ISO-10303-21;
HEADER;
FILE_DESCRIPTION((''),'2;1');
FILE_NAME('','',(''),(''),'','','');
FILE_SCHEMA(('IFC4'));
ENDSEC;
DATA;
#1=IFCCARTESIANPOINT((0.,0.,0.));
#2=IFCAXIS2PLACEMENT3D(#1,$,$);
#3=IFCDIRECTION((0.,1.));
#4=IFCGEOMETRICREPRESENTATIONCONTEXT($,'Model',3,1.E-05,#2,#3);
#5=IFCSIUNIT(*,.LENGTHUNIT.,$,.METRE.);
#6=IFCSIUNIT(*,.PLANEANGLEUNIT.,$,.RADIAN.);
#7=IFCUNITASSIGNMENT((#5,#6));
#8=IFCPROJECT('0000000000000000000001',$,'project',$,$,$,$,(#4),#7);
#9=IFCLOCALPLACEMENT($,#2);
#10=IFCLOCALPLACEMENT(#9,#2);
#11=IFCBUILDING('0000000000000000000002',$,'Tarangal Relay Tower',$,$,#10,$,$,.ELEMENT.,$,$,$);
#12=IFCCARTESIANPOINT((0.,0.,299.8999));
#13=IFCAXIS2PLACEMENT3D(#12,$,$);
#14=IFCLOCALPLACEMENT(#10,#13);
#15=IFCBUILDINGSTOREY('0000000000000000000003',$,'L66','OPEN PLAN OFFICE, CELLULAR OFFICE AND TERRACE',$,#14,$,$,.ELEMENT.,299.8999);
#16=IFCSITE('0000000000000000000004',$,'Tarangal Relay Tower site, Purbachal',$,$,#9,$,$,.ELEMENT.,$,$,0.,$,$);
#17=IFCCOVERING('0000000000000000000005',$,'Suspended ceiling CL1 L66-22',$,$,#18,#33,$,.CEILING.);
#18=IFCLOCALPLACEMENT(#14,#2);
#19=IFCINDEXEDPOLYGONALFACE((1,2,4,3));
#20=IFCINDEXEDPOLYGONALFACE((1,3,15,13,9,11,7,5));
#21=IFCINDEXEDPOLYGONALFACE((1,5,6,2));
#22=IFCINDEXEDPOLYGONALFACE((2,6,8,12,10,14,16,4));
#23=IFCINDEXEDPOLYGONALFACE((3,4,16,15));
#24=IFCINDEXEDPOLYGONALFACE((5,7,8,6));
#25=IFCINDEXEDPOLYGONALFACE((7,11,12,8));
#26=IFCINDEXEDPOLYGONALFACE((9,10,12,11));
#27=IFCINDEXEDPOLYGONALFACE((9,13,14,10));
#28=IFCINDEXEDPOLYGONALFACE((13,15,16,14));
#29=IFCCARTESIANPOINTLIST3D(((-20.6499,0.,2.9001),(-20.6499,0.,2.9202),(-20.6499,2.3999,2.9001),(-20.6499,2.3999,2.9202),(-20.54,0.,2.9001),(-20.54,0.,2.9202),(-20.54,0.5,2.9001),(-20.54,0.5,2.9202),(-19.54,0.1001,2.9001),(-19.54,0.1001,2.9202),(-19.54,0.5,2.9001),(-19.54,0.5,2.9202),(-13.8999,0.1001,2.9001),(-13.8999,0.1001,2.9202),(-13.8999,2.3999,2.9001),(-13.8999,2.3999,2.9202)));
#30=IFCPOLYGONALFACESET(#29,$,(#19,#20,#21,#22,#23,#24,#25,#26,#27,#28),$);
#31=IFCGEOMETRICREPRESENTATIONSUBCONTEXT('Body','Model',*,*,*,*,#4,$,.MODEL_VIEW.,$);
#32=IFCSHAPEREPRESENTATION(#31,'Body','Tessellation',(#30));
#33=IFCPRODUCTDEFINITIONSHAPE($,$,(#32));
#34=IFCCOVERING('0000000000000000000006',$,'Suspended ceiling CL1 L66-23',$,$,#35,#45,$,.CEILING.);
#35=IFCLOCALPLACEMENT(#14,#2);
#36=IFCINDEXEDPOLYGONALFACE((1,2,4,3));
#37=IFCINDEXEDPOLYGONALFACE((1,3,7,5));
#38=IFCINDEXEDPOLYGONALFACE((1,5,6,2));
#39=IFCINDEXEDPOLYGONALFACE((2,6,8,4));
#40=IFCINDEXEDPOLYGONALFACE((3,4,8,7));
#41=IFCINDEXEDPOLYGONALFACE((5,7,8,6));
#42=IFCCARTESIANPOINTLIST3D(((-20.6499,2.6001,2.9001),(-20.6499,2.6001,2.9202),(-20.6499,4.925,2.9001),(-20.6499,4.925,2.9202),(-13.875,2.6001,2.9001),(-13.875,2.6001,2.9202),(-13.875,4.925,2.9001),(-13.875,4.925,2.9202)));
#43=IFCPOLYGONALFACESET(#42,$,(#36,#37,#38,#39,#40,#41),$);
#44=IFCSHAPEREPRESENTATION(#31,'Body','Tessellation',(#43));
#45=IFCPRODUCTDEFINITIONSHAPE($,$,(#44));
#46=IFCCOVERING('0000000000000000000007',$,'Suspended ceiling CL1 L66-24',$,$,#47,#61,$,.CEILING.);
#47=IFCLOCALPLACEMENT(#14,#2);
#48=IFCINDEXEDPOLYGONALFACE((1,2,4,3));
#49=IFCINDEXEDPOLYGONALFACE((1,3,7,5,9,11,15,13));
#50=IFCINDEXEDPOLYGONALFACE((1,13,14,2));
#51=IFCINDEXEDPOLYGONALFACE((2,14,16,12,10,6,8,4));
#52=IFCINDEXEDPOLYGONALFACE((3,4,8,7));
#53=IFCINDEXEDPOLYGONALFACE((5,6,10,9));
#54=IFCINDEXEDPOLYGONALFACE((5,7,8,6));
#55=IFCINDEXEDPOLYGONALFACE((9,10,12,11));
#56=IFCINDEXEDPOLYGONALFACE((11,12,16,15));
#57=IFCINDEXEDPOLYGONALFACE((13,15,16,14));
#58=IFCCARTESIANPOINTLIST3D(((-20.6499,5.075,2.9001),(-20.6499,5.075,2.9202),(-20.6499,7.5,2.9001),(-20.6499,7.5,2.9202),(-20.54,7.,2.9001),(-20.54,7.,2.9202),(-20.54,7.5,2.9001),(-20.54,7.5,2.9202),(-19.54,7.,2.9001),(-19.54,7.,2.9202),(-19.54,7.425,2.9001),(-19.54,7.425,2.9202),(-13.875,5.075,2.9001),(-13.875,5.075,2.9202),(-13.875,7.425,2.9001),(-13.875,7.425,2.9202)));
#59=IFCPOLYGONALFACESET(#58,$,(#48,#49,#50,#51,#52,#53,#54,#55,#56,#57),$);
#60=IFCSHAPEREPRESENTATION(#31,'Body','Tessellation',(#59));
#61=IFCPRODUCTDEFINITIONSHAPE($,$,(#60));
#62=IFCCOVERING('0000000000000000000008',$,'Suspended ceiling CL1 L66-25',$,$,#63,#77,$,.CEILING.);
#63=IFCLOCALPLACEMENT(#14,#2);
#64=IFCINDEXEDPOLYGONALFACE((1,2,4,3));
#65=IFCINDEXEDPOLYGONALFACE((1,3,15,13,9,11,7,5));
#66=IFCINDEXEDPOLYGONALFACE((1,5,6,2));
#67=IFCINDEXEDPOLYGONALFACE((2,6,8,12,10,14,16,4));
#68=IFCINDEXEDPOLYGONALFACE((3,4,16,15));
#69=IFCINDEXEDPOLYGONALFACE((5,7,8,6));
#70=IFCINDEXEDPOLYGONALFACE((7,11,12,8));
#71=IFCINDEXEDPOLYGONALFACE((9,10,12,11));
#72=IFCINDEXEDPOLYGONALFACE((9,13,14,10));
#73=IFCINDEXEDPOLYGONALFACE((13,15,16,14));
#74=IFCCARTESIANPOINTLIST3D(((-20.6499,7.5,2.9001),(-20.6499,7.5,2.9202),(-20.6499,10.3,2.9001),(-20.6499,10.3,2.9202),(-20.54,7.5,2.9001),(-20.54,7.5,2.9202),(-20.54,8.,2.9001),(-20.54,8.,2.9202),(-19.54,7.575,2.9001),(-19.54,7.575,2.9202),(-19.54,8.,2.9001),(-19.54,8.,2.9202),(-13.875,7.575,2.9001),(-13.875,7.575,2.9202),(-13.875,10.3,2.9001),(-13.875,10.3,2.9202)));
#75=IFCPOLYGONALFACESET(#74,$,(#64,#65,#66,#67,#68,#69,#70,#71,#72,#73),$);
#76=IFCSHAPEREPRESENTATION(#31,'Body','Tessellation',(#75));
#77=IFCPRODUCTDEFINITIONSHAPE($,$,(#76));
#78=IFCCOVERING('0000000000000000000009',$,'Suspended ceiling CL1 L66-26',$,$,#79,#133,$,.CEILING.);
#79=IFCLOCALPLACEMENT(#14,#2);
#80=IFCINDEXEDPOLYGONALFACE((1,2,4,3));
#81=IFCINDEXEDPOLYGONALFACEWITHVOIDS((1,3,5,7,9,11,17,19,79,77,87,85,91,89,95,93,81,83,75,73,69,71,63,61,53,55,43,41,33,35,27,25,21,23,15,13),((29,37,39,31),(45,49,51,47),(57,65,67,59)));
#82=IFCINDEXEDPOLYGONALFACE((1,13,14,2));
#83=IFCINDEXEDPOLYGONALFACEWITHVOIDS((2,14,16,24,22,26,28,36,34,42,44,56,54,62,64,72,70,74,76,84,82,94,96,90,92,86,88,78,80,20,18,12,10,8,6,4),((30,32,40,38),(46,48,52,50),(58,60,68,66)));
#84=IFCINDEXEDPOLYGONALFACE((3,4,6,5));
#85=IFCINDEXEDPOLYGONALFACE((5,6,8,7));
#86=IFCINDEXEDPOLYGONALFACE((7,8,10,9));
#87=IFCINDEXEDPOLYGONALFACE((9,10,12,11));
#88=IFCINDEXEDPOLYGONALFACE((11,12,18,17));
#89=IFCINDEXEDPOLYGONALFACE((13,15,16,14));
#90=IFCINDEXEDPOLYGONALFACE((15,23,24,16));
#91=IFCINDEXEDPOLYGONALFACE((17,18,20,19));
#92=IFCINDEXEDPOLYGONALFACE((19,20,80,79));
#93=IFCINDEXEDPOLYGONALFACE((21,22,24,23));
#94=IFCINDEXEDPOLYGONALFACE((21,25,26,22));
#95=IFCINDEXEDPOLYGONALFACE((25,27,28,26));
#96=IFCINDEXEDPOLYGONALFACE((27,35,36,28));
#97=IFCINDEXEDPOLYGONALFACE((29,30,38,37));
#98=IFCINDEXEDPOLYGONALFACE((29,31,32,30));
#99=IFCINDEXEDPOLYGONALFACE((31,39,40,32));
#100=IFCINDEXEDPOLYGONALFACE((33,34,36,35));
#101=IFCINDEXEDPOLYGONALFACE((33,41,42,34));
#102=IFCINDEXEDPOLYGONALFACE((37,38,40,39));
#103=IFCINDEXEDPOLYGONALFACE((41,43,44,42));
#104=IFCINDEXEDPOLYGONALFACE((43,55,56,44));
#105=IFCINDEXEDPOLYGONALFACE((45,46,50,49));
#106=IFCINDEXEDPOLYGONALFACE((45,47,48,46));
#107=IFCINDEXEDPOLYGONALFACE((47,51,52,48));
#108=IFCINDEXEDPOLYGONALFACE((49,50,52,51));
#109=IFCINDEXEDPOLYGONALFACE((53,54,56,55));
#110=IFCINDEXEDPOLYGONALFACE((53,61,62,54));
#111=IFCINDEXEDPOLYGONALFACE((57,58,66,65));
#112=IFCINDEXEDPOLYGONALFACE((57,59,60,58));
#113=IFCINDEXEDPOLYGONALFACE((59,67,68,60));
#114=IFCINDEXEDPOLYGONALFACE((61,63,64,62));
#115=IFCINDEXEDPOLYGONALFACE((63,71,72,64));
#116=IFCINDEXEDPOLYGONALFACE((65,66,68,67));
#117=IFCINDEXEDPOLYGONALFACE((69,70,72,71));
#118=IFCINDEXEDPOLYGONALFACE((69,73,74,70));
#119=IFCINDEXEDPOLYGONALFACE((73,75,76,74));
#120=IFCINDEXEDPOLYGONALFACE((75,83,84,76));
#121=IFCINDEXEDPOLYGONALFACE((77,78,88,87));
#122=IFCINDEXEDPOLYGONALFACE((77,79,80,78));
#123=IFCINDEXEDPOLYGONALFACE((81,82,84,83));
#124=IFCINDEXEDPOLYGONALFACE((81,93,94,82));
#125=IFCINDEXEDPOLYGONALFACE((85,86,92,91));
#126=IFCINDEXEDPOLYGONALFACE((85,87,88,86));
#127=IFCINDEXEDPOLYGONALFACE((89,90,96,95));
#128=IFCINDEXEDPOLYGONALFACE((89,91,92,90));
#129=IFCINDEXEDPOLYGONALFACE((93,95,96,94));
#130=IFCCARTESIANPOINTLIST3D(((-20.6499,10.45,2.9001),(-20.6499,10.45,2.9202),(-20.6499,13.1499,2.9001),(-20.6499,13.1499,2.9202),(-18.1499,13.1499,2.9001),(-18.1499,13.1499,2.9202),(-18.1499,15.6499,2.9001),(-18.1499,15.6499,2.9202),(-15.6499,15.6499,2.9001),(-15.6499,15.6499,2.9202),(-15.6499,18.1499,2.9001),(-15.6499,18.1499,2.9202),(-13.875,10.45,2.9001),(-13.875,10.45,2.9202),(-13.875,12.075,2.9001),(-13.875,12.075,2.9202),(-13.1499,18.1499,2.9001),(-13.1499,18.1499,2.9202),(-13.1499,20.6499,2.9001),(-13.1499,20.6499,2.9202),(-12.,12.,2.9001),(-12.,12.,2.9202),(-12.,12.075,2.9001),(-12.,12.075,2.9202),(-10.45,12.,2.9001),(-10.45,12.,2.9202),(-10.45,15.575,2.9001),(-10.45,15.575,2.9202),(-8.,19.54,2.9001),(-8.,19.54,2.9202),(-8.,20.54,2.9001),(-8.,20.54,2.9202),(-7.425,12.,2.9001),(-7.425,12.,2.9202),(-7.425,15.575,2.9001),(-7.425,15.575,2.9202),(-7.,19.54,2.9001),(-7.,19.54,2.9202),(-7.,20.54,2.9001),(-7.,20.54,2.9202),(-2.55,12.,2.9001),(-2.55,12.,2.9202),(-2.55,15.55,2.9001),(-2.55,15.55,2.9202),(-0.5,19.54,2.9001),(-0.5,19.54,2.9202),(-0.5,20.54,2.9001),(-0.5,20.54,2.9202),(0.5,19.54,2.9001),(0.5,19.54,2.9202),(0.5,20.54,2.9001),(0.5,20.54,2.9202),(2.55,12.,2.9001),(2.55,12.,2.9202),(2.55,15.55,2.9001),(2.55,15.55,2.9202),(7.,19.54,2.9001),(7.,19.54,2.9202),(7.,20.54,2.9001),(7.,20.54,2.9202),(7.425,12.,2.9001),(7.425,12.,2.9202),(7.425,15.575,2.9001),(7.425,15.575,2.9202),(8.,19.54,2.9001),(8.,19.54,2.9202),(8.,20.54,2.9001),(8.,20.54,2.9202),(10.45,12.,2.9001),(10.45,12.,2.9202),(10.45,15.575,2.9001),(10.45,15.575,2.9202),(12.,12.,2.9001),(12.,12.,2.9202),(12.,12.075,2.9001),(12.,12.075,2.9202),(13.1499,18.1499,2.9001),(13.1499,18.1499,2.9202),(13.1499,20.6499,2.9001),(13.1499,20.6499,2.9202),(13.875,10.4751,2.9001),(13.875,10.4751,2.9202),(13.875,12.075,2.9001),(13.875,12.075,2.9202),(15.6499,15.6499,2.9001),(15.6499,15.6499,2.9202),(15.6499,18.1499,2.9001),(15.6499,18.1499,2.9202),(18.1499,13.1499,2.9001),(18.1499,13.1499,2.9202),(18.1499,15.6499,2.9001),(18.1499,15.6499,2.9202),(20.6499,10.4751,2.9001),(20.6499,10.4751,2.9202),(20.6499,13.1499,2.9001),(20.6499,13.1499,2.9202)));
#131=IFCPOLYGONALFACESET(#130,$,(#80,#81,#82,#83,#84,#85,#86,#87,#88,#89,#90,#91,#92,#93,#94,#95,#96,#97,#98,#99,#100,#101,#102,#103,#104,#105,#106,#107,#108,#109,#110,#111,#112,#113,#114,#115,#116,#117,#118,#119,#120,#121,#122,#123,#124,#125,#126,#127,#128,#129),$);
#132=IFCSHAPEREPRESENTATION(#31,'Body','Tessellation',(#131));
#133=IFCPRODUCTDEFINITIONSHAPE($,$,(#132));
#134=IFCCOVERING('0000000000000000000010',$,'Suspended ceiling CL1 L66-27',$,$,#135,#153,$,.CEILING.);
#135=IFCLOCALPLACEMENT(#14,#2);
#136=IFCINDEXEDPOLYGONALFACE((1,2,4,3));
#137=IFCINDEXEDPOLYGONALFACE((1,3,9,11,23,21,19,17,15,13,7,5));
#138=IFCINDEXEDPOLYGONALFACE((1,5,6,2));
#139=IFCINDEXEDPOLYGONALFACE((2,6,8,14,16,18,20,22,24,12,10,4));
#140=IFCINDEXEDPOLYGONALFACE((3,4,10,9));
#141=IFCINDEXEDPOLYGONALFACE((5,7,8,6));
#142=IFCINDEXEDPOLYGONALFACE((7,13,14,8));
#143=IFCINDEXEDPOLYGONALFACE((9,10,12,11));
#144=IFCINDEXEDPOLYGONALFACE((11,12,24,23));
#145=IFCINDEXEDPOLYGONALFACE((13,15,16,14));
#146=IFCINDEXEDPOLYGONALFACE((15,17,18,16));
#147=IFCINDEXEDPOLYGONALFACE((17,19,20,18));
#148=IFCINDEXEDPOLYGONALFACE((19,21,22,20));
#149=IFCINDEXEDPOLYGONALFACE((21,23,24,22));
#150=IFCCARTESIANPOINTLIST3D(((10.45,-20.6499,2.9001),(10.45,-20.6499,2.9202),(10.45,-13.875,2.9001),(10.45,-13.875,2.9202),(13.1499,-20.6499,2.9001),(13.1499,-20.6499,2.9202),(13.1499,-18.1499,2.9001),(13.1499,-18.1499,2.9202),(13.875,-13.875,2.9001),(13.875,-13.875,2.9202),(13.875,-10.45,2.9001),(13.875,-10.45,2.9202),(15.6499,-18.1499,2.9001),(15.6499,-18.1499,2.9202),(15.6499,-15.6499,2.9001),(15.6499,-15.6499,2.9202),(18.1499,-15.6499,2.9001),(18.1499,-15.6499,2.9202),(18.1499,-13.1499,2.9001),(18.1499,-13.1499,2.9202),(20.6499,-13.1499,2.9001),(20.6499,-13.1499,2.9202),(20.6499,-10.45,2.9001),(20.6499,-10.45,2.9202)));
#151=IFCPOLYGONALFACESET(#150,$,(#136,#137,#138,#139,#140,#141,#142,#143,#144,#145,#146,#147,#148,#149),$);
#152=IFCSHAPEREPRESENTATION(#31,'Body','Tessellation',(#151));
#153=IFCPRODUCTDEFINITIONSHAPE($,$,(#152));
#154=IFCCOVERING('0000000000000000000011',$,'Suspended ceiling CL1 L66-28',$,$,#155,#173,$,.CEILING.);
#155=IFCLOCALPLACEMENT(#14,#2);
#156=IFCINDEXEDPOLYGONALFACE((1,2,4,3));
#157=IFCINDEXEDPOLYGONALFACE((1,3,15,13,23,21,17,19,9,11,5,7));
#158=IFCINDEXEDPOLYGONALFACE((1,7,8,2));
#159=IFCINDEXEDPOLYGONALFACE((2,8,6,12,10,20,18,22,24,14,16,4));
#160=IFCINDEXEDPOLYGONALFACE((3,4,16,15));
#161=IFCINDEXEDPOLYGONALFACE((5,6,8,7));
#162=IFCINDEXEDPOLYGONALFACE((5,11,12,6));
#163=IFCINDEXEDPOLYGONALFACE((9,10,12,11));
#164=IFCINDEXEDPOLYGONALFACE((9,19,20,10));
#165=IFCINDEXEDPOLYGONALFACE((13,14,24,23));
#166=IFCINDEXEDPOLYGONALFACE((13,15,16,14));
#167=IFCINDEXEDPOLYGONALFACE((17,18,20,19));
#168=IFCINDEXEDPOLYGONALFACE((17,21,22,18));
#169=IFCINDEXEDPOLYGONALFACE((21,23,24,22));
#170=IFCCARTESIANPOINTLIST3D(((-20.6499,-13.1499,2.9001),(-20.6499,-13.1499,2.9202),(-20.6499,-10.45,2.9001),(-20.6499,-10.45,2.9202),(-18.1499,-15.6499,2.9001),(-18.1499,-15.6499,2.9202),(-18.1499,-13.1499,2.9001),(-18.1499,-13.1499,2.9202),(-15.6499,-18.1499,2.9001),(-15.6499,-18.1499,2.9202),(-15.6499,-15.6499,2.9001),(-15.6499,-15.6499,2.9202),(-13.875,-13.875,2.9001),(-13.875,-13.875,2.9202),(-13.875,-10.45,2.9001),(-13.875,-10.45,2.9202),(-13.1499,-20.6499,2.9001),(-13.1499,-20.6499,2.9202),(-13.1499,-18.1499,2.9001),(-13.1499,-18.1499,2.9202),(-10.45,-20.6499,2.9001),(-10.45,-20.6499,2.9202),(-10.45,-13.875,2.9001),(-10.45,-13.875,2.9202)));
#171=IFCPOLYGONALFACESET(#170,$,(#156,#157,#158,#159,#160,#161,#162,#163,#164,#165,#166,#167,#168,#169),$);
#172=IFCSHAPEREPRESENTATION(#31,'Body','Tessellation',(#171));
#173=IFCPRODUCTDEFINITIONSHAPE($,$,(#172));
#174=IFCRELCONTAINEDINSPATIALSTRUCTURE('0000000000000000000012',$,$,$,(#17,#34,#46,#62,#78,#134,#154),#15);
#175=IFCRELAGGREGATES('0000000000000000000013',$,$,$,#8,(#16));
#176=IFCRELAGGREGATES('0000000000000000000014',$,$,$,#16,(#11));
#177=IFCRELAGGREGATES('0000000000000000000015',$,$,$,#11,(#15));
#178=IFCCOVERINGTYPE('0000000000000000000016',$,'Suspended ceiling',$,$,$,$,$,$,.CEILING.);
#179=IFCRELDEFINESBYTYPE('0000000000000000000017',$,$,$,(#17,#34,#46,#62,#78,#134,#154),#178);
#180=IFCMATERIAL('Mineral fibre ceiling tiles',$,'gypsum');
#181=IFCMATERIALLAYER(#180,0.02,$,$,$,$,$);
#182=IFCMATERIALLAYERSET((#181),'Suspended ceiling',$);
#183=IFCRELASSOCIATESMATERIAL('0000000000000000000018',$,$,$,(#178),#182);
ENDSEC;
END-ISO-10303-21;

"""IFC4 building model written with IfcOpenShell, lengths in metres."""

from ifc_helpers import new_model, si_unit, direction, frame, origin, place, context, subcontext, project, spatial, polyline, outline, extrude, material, layer, layer_set, type_object, element, save


model = new_model("IFC4")

# Units and contexts
model_context = context("Model", 3, precision=1e-05, world=origin(), true_north=direction((0.0, 1.0)))
body_context = subcontext(model_context, "Body", "Model", "MODEL_VIEW")
ifc_project = project(units=[si_unit("LENGTHUNIT", "METRE"), si_unit("PLANEANGLEUNIT", "RADIAN")], contexts=[model_context])

# Site, building, storey
site_placement = place(None, origin())
site = spatial("IfcSite", under=ifc_project, at=site_placement, Name="Tarangal Relay Tower site, Purbachal", CompositionType="ELEMENT", RefElevation=0.0)
building_placement = place(site_placement, origin())
building = spatial("IfcBuilding", under=site, at=building_placement, Name="Tarangal Relay Tower", CompositionType="ELEMENT")
storey_placement = place(building_placement, frame((0.0, 0.0, 299.8999)))
storey = spatial("IfcBuildingStorey", under=building, at=storey_placement, Name="L66", Description="OPEN PLAN OFFICE, CELLULAR OFFICE AND TERRACE", CompositionType="ELEMENT", Elevation=299.8999)

# Coverings
ifc_material_1 = material(Name="Mineral fibre ceiling tiles", Category="gypsum")
ifc_layer_1 = layer(ifc_material_1, 0.02)
ifc_layer_set_1 = layer_set([ifc_layer_1], Name="Suspended ceiling")
covering_type = type_object("IfcCoveringType", Name="Suspended ceiling", PredefinedType="CEILING", material=ifc_layer_set_1)
covering_1_placement = place(storey_placement, frame((0.0, 0.0, 2.9001)))
element("IfcCovering", 1, at=covering_1_placement, inside=storey, type_object=covering_type, Name="Suspended ceiling CL1 L66-22", PredefinedType="CEILING", context=body_context, shape_type="SweptSolid", body=[
    extrude(outline(polyline([(-20.6499, 2.3999), (-20.6499, 0.0), (-20.54, 0.0), (-20.54, 0.5), (-19.54, 0.5), (-19.54, 0.1001), (-13.8999, 0.1001), (-13.8999, 2.3999), (-20.6499, 2.3999)])), origin(), (0.0, 0.0, 1.0), 0.02),
])
covering_2_placement = place(storey_placement, frame((0.0, 0.0, 2.9001)))
element("IfcCovering", 2, at=covering_2_placement, inside=storey, type_object=covering_type, Name="Suspended ceiling CL1 L66-23", PredefinedType="CEILING", context=body_context, shape_type="SweptSolid", body=[
    extrude(outline(polyline([(-20.6499, 2.6001), (-13.875, 2.6001), (-13.875, 4.925), (-20.6499, 4.925), (-20.6499, 2.6001)])), origin(), (0.0, 0.0, 1.0), 0.02),
])
covering_3_placement = place(storey_placement, frame((0.0, 0.0, 2.9001)))
element("IfcCovering", 3, at=covering_3_placement, inside=storey, type_object=covering_type, Name="Suspended ceiling CL1 L66-24", PredefinedType="CEILING", context=body_context, shape_type="SweptSolid", body=[
    extrude(outline(polyline([(-20.6499, 7.5), (-20.6499, 5.075), (-13.875, 5.075), (-13.875, 7.425), (-19.54, 7.425), (-19.54, 7.0), (-20.54, 7.0), (-20.54, 7.5), (-20.6499, 7.5)])), origin(), (0.0, 0.0, 1.0), 0.02),
])
covering_4_placement = place(storey_placement, frame((0.0, 0.0, 2.9001)))
element("IfcCovering", 4, at=covering_4_placement, inside=storey, type_object=covering_type, Name="Suspended ceiling CL1 L66-25", PredefinedType="CEILING", context=body_context, shape_type="SweptSolid", body=[
    extrude(outline(polyline([(-20.6499, 10.3), (-20.6499, 7.5), (-20.54, 7.5), (-20.54, 8.0), (-19.54, 8.0), (-19.54, 7.575), (-13.875, 7.575), (-13.875, 10.3), (-20.6499, 10.3)])), origin(), (0.0, 0.0, 1.0), 0.02),
])
covering_5_placement = place(storey_placement, frame((0.0, 0.0, 2.9001)))
element("IfcCovering", 5, at=covering_5_placement, inside=storey, type_object=covering_type, Name="Suspended ceiling CL1 L66-26", PredefinedType="CEILING", context=body_context, shape_type="SweptSolid", body=[
    extrude(outline(polyline([(7.425, 12.0), (7.425, 15.575), (10.45, 15.575), (10.45, 12.0), (12.0, 12.0), (12.0, 12.075), (13.875, 12.075), (13.875, 10.4751), (20.6499, 10.4751), (20.6499, 13.1499), (18.1499, 13.1499), (18.1499, 15.6499), (15.6499, 15.6499), (15.6499, 18.1499), (13.1499, 18.1499), (13.1499, 20.6499), (-13.1499, 20.6499), (-13.1499, 18.1499), (-15.6499, 18.1499), (-15.6499, 15.6499), (-18.1499, 15.6499), (-18.1499, 13.1499), (-20.6499, 13.1499), (-20.6499, 10.45), (-13.875, 10.45), (-13.875, 12.075), (-12.0, 12.075), (-12.0, 12.0), (-10.45, 12.0), (-10.45, 15.575), (-7.425, 15.575), (-7.425, 12.0), (-2.55, 12.0), (-2.55, 15.55), (2.55, 15.55), (2.55, 12.0), (7.425, 12.0)]), holes=[polyline([(-7.0, 19.54), (-7.0, 20.54), (-8.0, 20.54), (-8.0, 19.54), (-7.0, 19.54)]), polyline([(-0.5, 19.54), (0.5, 19.54), (0.5, 20.54), (-0.5, 20.54), (-0.5, 19.54)]), polyline([(7.0, 19.54), (8.0, 19.54), (8.0, 20.54), (7.0, 20.54), (7.0, 19.54)])]), origin(), (0.0, 0.0, 1.0), 0.02),
])
covering_6_placement = place(storey_placement, frame((0.0, 0.0, 2.9001)))
element("IfcCovering", 6, at=covering_6_placement, inside=storey, type_object=covering_type, Name="Suspended ceiling CL1 L66-27", PredefinedType="CEILING", context=body_context, shape_type="SweptSolid", body=[
    extrude(outline(polyline([(20.6499, -13.1499), (20.6499, -10.45), (13.875, -10.45), (13.875, -13.875), (10.45, -13.875), (10.45, -20.6499), (13.1499, -20.6499), (13.1499, -18.1499), (15.6499, -18.1499), (15.6499, -15.6499), (18.1499, -15.6499), (18.1499, -13.1499), (20.6499, -13.1499)])), origin(), (0.0, 0.0, 1.0), 0.02),
])
covering_7_placement = place(storey_placement, frame((0.0, 0.0, 2.9001)))
element("IfcCovering", 7, at=covering_7_placement, inside=storey, type_object=covering_type, Name="Suspended ceiling CL1 L66-28", PredefinedType="CEILING", context=body_context, shape_type="SweptSolid", body=[
    extrude(outline(polyline([(-13.1499, -18.1499), (-13.1499, -20.6499), (-10.45, -20.6499), (-10.45, -13.875), (-13.875, -13.875), (-13.875, -10.45), (-20.6499, -10.45), (-20.6499, -13.1499), (-18.1499, -13.1499), (-18.1499, -15.6499), (-15.6499, -15.6499), (-15.6499, -18.1499), (-13.1499, -18.1499)])), origin(), (0.0, 0.0, 1.0), 0.02),
])

save(model, "model.ifc")
